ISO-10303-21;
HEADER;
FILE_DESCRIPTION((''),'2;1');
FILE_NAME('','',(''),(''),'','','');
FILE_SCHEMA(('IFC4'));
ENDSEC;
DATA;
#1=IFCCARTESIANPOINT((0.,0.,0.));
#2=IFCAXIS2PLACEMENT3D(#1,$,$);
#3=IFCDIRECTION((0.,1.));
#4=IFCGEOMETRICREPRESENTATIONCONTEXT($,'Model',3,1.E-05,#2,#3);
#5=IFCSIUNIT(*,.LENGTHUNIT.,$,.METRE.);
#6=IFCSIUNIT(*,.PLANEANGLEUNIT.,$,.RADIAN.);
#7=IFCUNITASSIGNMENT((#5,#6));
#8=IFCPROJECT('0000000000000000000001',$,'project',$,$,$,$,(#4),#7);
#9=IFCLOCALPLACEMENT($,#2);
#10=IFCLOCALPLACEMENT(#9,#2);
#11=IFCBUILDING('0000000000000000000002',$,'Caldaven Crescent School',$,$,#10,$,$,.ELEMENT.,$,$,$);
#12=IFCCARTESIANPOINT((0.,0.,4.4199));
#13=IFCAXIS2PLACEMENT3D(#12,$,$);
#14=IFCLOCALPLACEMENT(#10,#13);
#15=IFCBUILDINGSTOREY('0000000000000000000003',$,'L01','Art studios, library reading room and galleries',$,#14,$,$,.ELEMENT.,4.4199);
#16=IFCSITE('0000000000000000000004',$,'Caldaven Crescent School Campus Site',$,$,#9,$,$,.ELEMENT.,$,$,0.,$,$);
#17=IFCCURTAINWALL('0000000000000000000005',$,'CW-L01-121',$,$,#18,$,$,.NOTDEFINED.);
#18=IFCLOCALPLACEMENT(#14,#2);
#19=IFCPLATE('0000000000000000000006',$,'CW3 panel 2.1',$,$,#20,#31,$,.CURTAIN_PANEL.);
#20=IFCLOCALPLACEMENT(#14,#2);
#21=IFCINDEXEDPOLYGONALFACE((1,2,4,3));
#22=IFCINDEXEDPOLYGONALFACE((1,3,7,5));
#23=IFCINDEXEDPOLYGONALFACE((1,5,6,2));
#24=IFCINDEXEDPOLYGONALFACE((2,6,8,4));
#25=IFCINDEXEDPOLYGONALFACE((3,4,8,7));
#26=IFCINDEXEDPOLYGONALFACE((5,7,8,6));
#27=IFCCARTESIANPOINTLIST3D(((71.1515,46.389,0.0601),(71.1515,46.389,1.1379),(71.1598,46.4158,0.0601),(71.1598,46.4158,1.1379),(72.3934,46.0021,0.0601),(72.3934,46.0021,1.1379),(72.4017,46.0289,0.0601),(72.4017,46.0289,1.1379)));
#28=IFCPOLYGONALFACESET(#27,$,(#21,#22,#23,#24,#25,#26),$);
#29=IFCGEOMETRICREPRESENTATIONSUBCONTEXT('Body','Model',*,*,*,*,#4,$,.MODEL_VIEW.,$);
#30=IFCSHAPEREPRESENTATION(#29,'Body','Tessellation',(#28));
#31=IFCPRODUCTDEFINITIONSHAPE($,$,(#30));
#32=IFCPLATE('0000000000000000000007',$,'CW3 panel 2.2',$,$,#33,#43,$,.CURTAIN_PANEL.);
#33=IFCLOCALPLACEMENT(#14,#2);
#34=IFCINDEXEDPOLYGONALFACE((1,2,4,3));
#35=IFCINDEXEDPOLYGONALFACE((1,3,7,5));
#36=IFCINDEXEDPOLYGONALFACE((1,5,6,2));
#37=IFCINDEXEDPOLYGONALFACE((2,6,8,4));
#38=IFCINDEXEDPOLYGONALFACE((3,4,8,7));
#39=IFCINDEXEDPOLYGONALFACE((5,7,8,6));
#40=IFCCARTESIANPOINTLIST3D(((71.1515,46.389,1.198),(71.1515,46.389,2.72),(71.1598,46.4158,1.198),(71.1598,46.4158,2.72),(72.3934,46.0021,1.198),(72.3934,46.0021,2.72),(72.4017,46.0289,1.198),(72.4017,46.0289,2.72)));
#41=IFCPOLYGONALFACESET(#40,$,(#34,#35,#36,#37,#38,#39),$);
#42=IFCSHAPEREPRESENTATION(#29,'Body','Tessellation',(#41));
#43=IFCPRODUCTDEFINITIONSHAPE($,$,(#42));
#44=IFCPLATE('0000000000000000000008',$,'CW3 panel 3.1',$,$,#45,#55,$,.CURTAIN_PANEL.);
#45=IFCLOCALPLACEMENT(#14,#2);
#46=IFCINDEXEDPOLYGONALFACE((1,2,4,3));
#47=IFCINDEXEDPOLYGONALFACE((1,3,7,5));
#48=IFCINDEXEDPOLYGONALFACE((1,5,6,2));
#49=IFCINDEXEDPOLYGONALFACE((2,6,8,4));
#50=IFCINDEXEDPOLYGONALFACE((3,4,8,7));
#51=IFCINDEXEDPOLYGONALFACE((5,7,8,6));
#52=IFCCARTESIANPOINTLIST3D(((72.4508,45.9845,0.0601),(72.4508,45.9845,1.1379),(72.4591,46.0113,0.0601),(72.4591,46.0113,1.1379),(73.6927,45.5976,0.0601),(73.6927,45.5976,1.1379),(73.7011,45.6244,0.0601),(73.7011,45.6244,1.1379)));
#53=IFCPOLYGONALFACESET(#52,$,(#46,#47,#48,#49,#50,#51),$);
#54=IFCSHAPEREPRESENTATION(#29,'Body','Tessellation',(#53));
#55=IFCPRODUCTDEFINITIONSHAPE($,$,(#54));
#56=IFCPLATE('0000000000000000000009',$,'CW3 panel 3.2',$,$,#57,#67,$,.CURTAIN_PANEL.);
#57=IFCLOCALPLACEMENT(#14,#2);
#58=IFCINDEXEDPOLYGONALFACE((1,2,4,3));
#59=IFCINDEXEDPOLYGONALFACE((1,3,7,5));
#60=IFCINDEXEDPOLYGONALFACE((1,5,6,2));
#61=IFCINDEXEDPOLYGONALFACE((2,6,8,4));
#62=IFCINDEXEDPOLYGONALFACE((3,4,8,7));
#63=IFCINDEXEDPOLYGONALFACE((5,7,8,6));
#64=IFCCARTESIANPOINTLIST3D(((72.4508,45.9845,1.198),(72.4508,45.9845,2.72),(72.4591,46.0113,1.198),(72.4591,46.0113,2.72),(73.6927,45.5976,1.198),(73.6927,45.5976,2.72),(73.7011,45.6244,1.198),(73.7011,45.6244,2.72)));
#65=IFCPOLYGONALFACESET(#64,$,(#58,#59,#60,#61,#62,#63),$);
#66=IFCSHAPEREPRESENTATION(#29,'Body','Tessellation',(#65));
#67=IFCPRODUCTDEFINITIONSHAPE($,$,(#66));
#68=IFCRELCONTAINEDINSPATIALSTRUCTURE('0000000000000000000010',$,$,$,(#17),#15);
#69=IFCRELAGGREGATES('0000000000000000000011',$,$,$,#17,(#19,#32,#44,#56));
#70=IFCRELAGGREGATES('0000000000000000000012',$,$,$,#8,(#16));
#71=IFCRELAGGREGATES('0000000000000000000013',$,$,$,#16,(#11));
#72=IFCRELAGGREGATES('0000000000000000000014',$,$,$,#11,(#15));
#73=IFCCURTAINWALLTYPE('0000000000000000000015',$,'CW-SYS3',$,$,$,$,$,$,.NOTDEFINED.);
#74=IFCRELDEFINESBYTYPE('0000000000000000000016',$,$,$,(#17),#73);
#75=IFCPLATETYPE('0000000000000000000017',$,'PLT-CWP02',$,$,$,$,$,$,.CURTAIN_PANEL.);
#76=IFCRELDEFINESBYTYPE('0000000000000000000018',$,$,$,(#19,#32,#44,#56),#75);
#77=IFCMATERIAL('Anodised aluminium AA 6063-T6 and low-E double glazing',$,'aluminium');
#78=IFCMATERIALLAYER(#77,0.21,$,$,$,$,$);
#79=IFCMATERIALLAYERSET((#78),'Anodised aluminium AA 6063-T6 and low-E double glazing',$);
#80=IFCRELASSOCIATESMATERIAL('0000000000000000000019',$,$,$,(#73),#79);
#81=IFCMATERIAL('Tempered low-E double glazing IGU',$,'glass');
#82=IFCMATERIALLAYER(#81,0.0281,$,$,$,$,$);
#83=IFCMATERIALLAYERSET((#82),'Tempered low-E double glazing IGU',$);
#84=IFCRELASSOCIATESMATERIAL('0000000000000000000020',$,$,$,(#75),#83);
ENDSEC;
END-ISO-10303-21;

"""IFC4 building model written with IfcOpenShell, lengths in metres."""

from ifc_helpers import new_model, si_unit, direction, frame, origin, origin_2d, place, context, subcontext, project, spatial, rectangle, extrude, material, layer, layer_set, type_object, element, aggregate, save


model = new_model("IFC4")

# Units and contexts
model_context = context("Model", 3, precision=1e-05, world=origin(), true_north=direction((0.0, 1.0)))
body_context = subcontext(model_context, "Body", "Model", "MODEL_VIEW")
ifc_project = project(units=[si_unit("LENGTHUNIT", "METRE"), si_unit("PLANEANGLEUNIT", "RADIAN")], contexts=[model_context])

# Site, building, storey
site_placement = place(None, origin())
site = spatial("IfcSite", under=ifc_project, at=site_placement, Name="Caldaven Crescent School Campus Site", CompositionType="ELEMENT", RefElevation=0.0)
building_placement = place(site_placement, origin())
building = spatial("IfcBuilding", under=site, at=building_placement, Name="Caldaven Crescent School", CompositionType="ELEMENT")
storey_placement = place(building_placement, frame((0.0, 0.0, 4.4199)))
storey = spatial("IfcBuildingStorey", under=building, at=storey_placement, Name="L01", Description="Art studios, library reading room and galleries", CompositionType="ELEMENT", Elevation=4.4199)

# Curtain wall
ifc_material_1 = material(Name="Anodised aluminium AA 6063-T6 and low-E double glazing", Category="aluminium")
ifc_layer_1 = layer(ifc_material_1, 0.21)
ifc_layer_set_1 = layer_set([ifc_layer_1], Name="Anodised aluminium AA 6063-T6 and low-E double glazing")
curtain_wall_type = type_object("IfcCurtainWallType", Name="CW-SYS3", PredefinedType="NOTDEFINED", material=ifc_layer_set_1)
curtain_wall_placement = place(storey_placement, origin())
curtain_wall = element("IfcCurtainWall", 1, at=curtain_wall_placement, inside=storey, type_object=curtain_wall_type, Name="CW-L01-121", PredefinedType="NOTDEFINED")

# Plates
ifc_material_2 = material(Name="Tempered low-E double glazing IGU", Category="glass")
ifc_layer_2 = layer(ifc_material_2, 0.0281)
ifc_layer_set_2 = layer_set([ifc_layer_2], Name="Tempered low-E double glazing IGU")
plate_type = type_object("IfcPlateType", Name="PLT-CWP02", PredefinedType="CURTAIN_PANEL", material=ifc_layer_set_2)
plate_1_placement = place(storey_placement, frame((71.7766, 46.209, 0.0601), z_axis=(0.0, 0.0, 1.0), x_axis=(0.954747, -0.29742, 0.0)))
plate_1 = element("IfcPlate", 2, at=plate_1_placement, type_object=plate_type, Name="CW3 panel 2.1", PredefinedType="CURTAIN_PANEL", context=body_context, shape_type="SweptSolid", body=[
    extrude(rectangle(XDim=1.3008, YDim=0.0281, at=origin_2d()), origin(), (0.0, 0.0, 1.0), 1.0779),
])
plate_2_placement = place(storey_placement, frame((71.7766, 46.209, 1.198), z_axis=(0.0, 0.0, 1.0), x_axis=(0.954747, -0.29742, 0.0)))
plate_2 = element("IfcPlate", 3, at=plate_2_placement, type_object=plate_type, Name="CW3 panel 2.2", PredefinedType="CURTAIN_PANEL", context=body_context, shape_type="SweptSolid", body=[
    extrude(rectangle(XDim=1.3008, YDim=0.0281, at=origin_2d()), origin(), (0.0, 0.0, 1.0), 1.522),
])
plate_3_placement = place(storey_placement, frame((73.0759, 45.8044, 0.0601), z_axis=(0.0, 0.0, 1.0), x_axis=(0.954747, -0.29742, 0.0)))
plate_3 = element("IfcPlate", 4, at=plate_3_placement, type_object=plate_type, Name="CW3 panel 3.1", PredefinedType="CURTAIN_PANEL", context=body_context, shape_type="SweptSolid", body=[
    extrude(rectangle(XDim=1.3008, YDim=0.0281, at=origin_2d()), origin(), (0.0, 0.0, 1.0), 1.0779),
])
plate_4_placement = place(storey_placement, frame((73.0759, 45.8044, 1.198), z_axis=(0.0, 0.0, 1.0), x_axis=(0.954747, -0.29742, 0.0)))
plate_4 = element("IfcPlate", 5, at=plate_4_placement, type_object=plate_type, Name="CW3 panel 3.2", PredefinedType="CURTAIN_PANEL", context=body_context, shape_type="SweptSolid", body=[
    extrude(rectangle(XDim=1.3008, YDim=0.0281, at=origin_2d()), origin(), (0.0, 0.0, 1.0), 1.522),
])
aggregate(curtain_wall, [plate_1, plate_2, plate_3, plate_4])

save(model, "model.ifc")
